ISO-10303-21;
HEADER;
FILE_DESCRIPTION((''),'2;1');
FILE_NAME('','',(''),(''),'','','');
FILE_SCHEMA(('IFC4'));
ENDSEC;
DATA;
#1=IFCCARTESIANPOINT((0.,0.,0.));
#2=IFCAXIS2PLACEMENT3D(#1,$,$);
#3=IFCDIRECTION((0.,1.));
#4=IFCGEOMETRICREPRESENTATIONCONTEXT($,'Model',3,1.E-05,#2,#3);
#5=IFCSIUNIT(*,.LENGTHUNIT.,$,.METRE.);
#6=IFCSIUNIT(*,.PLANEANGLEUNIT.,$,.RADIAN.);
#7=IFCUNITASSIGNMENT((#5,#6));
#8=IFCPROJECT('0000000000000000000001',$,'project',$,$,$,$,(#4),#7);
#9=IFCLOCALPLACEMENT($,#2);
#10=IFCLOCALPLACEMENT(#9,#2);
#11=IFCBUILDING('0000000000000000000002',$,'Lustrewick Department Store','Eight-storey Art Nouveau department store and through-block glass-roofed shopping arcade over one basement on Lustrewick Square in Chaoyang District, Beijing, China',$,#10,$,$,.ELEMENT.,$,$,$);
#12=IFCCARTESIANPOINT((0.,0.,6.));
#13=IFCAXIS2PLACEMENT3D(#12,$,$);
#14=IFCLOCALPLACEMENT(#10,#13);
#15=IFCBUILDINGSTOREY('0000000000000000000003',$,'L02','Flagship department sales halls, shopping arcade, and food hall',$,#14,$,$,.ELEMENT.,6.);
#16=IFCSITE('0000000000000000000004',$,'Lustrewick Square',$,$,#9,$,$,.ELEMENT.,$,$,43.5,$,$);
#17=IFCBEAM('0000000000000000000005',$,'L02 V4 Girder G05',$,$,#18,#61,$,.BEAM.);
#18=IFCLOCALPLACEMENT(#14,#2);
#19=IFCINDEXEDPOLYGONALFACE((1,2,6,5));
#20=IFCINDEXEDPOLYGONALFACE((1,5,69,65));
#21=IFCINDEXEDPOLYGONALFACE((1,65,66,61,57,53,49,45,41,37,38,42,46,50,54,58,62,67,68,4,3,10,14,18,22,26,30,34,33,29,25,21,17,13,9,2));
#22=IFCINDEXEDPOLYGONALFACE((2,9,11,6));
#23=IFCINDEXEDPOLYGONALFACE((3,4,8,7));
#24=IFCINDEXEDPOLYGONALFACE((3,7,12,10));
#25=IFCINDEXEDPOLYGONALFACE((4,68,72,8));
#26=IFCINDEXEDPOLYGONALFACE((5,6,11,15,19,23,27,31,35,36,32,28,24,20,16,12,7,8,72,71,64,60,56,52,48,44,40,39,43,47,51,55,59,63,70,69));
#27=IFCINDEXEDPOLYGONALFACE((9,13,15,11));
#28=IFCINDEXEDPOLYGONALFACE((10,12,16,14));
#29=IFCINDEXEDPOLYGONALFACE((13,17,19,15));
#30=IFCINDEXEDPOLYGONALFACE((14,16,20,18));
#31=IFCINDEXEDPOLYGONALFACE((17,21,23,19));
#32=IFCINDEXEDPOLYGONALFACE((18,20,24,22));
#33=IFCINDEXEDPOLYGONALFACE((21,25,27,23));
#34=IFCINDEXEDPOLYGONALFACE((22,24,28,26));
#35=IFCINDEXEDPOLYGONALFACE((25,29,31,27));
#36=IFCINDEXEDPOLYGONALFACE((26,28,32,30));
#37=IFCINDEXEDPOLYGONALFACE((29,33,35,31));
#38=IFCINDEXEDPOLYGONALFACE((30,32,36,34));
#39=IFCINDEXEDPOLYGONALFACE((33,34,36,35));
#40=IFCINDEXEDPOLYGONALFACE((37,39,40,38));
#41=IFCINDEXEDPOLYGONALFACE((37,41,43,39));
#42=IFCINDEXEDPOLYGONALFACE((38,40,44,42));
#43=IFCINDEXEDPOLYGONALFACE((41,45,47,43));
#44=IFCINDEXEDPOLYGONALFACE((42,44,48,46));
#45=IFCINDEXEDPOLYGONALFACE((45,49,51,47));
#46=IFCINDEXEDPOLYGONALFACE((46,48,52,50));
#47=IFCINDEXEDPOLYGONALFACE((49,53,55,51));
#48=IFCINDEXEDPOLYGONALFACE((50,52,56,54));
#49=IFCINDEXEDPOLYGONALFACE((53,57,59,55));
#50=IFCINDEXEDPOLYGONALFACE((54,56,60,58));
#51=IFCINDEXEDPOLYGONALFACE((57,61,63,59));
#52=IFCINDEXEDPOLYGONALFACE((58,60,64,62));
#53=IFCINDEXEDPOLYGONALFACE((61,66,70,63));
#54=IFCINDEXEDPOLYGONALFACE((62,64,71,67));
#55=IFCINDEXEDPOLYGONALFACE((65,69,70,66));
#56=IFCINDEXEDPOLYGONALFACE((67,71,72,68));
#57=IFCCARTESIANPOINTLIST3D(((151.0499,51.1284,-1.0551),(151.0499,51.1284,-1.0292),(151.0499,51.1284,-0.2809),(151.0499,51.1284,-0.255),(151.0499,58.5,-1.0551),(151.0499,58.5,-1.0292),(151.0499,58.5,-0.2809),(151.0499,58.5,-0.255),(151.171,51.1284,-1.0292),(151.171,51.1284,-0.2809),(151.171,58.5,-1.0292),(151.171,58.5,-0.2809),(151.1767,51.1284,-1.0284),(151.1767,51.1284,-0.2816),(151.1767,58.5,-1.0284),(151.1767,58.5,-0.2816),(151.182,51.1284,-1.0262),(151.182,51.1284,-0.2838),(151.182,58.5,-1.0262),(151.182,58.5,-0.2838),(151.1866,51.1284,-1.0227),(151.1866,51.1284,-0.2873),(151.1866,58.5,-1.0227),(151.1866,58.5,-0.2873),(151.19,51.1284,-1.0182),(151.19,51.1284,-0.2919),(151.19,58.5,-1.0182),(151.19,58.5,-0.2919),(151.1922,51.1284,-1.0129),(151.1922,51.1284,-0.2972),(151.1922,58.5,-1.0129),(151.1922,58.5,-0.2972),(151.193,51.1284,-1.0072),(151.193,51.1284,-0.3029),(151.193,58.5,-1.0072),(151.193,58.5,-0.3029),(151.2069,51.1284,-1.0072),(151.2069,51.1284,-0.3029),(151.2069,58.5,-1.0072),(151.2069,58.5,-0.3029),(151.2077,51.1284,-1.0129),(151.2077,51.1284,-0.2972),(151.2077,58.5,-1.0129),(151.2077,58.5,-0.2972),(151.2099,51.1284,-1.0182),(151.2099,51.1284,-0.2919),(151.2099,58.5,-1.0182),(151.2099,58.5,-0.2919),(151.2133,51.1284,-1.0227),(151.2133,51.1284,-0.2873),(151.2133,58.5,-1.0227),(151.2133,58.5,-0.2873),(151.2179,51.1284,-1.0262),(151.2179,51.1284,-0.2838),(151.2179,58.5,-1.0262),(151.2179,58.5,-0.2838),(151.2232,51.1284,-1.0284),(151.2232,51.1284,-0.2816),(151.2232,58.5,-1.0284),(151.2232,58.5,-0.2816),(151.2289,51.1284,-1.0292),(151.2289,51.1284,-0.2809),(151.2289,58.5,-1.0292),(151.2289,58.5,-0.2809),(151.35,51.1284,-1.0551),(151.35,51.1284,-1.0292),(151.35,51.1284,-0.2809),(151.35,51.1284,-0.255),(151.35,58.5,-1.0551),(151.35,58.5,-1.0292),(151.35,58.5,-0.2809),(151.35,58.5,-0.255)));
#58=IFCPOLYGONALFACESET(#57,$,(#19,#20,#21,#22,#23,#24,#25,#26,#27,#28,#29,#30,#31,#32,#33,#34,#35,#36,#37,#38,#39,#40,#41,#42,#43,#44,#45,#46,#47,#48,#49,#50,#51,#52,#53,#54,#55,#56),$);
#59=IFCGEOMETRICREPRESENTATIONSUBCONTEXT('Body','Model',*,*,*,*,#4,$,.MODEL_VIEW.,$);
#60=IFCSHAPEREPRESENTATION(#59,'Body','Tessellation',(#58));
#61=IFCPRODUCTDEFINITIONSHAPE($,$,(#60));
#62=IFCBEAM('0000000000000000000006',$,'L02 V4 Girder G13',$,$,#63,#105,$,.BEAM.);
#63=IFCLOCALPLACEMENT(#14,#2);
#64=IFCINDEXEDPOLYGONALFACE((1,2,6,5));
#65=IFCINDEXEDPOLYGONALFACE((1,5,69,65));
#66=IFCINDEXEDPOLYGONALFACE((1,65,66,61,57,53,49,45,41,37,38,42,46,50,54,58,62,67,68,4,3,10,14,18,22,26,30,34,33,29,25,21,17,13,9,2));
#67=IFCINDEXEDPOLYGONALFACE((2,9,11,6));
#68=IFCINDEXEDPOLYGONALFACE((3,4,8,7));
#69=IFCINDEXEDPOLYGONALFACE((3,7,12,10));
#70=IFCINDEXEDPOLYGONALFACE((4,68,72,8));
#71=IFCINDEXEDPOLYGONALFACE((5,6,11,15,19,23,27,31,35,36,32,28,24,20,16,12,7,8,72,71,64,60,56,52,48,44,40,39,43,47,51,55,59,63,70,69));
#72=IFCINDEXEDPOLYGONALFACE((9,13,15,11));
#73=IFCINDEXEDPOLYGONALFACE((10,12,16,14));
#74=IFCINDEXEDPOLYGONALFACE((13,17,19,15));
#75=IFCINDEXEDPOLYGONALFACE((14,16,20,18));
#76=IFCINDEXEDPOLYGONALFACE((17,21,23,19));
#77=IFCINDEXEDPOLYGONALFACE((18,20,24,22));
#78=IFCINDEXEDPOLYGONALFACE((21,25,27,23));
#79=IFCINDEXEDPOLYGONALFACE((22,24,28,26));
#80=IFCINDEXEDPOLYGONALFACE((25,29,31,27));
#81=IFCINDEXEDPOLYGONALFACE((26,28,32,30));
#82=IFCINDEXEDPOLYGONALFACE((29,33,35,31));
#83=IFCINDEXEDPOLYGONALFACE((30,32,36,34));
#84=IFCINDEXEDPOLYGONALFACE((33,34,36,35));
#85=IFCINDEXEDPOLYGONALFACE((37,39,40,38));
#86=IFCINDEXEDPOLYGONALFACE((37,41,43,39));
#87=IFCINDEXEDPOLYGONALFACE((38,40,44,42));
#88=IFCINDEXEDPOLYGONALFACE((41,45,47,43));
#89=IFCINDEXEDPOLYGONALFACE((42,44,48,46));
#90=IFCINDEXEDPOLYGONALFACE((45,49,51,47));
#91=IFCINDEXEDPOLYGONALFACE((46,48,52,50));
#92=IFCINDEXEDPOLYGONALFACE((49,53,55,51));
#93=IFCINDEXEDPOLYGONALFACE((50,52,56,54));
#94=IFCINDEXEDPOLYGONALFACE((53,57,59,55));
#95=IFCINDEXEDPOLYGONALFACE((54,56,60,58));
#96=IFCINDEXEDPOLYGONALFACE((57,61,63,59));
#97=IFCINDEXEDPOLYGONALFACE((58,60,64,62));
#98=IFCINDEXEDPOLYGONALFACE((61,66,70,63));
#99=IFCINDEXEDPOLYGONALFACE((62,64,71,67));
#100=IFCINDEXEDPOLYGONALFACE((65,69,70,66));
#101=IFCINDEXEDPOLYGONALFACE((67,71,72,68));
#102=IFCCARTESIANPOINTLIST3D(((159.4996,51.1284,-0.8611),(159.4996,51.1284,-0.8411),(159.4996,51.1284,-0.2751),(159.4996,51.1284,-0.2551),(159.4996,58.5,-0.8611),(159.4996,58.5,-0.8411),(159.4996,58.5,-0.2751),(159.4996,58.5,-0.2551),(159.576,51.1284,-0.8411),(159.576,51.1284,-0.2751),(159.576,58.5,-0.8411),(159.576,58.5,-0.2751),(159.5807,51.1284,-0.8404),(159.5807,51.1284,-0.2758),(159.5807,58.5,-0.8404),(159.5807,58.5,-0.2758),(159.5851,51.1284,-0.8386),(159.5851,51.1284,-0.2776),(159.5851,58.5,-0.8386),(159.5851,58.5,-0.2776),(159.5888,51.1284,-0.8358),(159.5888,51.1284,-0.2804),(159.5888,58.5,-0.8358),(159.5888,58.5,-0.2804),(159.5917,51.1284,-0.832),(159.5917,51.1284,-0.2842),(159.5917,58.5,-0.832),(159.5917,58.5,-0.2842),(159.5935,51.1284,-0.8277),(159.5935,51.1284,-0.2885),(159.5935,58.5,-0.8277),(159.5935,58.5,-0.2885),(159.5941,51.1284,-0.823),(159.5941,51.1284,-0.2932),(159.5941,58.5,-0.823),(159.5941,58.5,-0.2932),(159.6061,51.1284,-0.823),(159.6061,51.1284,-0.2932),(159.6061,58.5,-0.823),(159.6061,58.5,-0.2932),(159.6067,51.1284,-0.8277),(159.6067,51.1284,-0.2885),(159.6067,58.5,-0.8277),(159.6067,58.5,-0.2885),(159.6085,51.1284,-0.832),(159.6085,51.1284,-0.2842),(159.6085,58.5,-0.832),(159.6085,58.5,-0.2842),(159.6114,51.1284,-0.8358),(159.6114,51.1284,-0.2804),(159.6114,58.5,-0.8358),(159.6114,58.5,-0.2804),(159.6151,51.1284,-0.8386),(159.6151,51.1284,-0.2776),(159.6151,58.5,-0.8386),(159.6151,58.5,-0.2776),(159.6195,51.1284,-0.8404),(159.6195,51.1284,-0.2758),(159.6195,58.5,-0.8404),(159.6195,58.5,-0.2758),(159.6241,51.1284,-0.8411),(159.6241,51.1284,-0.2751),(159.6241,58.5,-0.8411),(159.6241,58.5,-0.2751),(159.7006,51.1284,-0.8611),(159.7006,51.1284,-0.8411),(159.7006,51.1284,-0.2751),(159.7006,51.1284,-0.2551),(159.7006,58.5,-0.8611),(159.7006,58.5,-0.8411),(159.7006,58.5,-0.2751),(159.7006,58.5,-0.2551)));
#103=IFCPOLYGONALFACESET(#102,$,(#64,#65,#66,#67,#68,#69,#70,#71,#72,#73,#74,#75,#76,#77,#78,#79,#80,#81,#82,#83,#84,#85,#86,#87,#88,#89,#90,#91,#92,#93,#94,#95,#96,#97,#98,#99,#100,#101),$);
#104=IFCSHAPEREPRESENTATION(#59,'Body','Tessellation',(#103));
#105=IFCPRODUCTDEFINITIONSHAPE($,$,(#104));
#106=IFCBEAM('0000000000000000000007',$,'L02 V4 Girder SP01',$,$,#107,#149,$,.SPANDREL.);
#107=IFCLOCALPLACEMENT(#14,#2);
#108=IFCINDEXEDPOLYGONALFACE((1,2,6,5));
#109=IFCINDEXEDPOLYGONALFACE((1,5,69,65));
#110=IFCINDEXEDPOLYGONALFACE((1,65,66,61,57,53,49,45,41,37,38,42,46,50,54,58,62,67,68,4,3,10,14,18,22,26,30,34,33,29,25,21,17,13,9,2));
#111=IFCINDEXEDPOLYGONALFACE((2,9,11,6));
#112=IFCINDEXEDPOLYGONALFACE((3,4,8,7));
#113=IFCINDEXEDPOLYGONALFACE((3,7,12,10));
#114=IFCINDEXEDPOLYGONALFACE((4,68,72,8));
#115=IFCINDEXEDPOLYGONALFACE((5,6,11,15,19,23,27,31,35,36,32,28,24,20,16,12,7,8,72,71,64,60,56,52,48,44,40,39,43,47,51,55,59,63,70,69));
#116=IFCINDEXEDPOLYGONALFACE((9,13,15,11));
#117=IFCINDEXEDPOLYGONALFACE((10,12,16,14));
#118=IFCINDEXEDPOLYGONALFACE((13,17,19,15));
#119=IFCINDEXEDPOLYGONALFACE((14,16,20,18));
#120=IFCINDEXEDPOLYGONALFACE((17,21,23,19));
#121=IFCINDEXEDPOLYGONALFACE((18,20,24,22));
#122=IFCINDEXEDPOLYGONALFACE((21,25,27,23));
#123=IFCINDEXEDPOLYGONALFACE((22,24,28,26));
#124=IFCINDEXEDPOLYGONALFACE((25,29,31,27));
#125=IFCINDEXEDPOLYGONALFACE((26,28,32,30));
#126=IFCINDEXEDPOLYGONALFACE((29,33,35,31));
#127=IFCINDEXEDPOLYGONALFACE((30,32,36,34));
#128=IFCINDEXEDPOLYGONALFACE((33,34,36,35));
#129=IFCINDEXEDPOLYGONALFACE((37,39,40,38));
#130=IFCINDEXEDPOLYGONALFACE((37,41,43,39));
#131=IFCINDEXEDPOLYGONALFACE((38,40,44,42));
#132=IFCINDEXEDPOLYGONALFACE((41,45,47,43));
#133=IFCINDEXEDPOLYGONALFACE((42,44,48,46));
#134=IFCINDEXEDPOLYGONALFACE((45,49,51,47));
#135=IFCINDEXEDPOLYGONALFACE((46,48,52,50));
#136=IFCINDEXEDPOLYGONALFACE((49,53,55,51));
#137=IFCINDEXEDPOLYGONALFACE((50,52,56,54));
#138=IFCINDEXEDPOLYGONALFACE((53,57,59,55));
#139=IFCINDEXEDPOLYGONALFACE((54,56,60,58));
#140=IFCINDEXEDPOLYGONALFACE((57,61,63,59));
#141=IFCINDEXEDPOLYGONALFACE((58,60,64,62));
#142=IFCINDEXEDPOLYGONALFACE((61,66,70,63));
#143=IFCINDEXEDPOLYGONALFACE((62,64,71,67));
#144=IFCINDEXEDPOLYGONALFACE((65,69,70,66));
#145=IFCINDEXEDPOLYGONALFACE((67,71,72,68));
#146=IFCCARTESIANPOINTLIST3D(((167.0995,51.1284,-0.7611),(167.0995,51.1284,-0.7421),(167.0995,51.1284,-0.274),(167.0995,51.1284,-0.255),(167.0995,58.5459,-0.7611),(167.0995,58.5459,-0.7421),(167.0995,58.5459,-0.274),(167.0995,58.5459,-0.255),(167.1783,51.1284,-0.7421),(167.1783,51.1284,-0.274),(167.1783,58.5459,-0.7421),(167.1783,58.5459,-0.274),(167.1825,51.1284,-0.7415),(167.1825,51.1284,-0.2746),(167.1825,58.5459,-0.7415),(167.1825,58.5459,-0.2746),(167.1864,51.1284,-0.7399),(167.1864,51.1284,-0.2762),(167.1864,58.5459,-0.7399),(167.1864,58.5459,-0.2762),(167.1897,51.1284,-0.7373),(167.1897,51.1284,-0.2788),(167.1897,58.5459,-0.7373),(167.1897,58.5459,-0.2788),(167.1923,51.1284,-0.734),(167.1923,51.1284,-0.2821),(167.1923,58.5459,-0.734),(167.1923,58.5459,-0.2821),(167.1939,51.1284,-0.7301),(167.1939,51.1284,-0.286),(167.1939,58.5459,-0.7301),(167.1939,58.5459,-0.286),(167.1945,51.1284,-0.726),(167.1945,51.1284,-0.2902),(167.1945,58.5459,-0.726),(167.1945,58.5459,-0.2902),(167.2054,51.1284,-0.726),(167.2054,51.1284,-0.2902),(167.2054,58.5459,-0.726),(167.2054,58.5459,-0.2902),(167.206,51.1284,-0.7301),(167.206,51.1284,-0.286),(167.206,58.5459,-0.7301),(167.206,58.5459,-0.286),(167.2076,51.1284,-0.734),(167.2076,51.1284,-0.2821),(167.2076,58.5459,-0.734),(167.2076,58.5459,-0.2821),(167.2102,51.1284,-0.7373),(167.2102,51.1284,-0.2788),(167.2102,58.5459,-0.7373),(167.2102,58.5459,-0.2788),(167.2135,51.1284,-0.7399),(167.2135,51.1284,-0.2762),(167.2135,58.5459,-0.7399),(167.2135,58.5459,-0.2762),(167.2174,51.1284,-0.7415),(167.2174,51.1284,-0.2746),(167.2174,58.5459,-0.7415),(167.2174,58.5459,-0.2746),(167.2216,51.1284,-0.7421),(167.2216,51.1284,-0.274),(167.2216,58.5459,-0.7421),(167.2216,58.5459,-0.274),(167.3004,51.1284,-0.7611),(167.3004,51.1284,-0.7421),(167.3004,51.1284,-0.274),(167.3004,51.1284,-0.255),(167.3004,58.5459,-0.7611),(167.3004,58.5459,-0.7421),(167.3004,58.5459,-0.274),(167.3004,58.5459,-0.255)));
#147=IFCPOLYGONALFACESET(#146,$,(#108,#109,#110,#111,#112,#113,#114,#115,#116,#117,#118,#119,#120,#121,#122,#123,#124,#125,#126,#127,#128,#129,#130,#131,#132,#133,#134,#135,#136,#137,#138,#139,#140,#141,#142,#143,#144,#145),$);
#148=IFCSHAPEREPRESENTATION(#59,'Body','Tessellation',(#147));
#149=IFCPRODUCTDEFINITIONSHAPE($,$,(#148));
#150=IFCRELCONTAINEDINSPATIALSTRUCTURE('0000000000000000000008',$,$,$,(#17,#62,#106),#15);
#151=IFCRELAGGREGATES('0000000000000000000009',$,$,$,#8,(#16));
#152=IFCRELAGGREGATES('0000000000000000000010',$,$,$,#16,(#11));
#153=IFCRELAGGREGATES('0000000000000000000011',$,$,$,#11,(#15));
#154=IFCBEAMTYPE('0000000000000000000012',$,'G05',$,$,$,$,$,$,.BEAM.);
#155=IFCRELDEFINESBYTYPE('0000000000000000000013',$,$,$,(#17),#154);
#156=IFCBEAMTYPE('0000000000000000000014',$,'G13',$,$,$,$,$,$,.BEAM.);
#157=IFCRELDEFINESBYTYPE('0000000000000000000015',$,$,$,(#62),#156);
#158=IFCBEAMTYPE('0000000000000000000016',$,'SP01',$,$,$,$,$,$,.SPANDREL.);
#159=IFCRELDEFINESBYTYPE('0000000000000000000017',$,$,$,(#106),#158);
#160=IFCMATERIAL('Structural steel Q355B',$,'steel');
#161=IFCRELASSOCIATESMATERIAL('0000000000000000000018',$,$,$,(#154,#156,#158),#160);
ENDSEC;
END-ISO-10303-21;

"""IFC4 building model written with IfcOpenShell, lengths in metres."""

from ifc_helpers import new_model, si_unit, direction, frame, origin, origin_2d, place, context, subcontext, project, spatial, i_section, extrude, material, material_profile, profile_set, type_object, element, save


model = new_model("IFC4")

# Units and contexts
model_context = context("Model", 3, precision=1e-05, world=origin(), true_north=direction((0.0, 1.0)))
body_context = subcontext(model_context, "Body", "Model", "MODEL_VIEW")
ifc_project = project(units=[si_unit("LENGTHUNIT", "METRE"), si_unit("PLANEANGLEUNIT", "RADIAN")], contexts=[model_context])

# Site, building, storey
site_placement = place(None, origin())
site = spatial("IfcSite", under=ifc_project, at=site_placement, Name="Lustrewick Square", CompositionType="ELEMENT", RefElevation=43.5)
building_placement = place(site_placement, origin())
building = spatial("IfcBuilding", under=site, at=building_placement, Name="Lustrewick Department Store", Description="Eight-storey Art Nouveau department store and through-block glass-roofed shopping arcade over one basement on Lustrewick Square in Chaoyang District, Beijing, China", CompositionType="ELEMENT")
storey_placement = place(building_placement, frame((0.0, 0.0, 6.0)))
storey = spatial("IfcBuildingStorey", under=building, at=storey_placement, Name="L02", Description="Flagship department sales halls, shopping arcade, and food hall", CompositionType="ELEMENT", Elevation=6.0)

# Shared definitions
ifc_material_1 = material(Name="Structural steel Q355B", Category="steel")

# Beams
ifc_material_profile_1 = material_profile(ifc_material_1, i_section(OverallWidth=0.3, OverallDepth=0.8, WebThickness=0.0139, FlangeThickness=0.0259, FilletRadius=0.022, at=origin_2d()), Name="HN 800x300x14x26")
ifc_profile_set_1 = profile_set([ifc_material_profile_1], Name="Structural steel Q355B")
beam_type_1 = type_object("IfcBeamType", Name="G05", PredefinedType="BEAM", material=ifc_profile_set_1)
beam_1_placement = place(storey_placement, frame((151.2, 51.1284, -0.655), z_axis=(0.0, 1.0, 0.0), x_axis=(-1.0, 0.0, 0.0)))
element("IfcBeam", 1, at=beam_1_placement, inside=storey, type_object=beam_type_1, Name="L02 V4 Girder G05", PredefinedType="BEAM", context=body_context, shape_type="SweptSolid", body=[
    extrude(i_section(OverallWidth=0.3, OverallDepth=0.8, WebThickness=0.0139, FlangeThickness=0.0259, FilletRadius=0.022, at=origin_2d()), origin(), (0.0, 0.0, 1.0), 7.3716),
])
ifc_material_profile_2 = material_profile(ifc_material_1, i_section(OverallWidth=0.2009, OverallDepth=0.606, WebThickness=0.012, FlangeThickness=0.02, FilletRadius=0.0181, at=origin_2d()), Name="HN 606x201x12x20")
ifc_profile_set_2 = profile_set([ifc_material_profile_2], Name="Structural steel Q355B")
beam_type_2 = type_object("IfcBeamType", Name="G13", PredefinedType="BEAM", material=ifc_profile_set_2)
beam_2_placement = place(storey_placement, frame((159.6001, 51.1284, -0.5581), z_axis=(0.0, 1.0, 0.0), x_axis=(-1.0, 0.0, 0.0)))
element("IfcBeam", 2, at=beam_2_placement, inside=storey, type_object=beam_type_2, Name="L02 V4 Girder G13", PredefinedType="BEAM", context=body_context, shape_type="SweptSolid", body=[
    extrude(i_section(OverallWidth=0.2009, OverallDepth=0.606, WebThickness=0.012, FlangeThickness=0.02, FilletRadius=0.0181, at=origin_2d()), origin(), (0.0, 0.0, 1.0), 7.3716),
])
ifc_material_profile_3 = material_profile(ifc_material_1, i_section(OverallWidth=0.2009, OverallDepth=0.5061, WebThickness=0.011, FlangeThickness=0.019, FilletRadius=0.0161, at=origin_2d()), Name="HN 506x201x11x19")
ifc_profile_set_3 = profile_set([ifc_material_profile_3], Name="Structural steel Q355B")
beam_type_3 = type_object("IfcBeamType", Name="SP01", PredefinedType="SPANDREL", material=ifc_profile_set_3)
beam_3_placement = place(storey_placement, frame((167.2, 51.1284, -0.5081), z_axis=(0.0, 1.0, 0.0), x_axis=(-1.0, 0.0, 0.0)))
element("IfcBeam", 3, at=beam_3_placement, inside=storey, type_object=beam_type_3, Name="L02 V4 Girder SP01", PredefinedType="SPANDREL", context=body_context, shape_type="SweptSolid", body=[
    extrude(i_section(OverallWidth=0.2009, OverallDepth=0.5061, WebThickness=0.011, FlangeThickness=0.019, FilletRadius=0.0161, at=origin_2d()), origin(), (0.0, 0.0, 1.0), 7.4175),
])

save(model, "model.ifc")
